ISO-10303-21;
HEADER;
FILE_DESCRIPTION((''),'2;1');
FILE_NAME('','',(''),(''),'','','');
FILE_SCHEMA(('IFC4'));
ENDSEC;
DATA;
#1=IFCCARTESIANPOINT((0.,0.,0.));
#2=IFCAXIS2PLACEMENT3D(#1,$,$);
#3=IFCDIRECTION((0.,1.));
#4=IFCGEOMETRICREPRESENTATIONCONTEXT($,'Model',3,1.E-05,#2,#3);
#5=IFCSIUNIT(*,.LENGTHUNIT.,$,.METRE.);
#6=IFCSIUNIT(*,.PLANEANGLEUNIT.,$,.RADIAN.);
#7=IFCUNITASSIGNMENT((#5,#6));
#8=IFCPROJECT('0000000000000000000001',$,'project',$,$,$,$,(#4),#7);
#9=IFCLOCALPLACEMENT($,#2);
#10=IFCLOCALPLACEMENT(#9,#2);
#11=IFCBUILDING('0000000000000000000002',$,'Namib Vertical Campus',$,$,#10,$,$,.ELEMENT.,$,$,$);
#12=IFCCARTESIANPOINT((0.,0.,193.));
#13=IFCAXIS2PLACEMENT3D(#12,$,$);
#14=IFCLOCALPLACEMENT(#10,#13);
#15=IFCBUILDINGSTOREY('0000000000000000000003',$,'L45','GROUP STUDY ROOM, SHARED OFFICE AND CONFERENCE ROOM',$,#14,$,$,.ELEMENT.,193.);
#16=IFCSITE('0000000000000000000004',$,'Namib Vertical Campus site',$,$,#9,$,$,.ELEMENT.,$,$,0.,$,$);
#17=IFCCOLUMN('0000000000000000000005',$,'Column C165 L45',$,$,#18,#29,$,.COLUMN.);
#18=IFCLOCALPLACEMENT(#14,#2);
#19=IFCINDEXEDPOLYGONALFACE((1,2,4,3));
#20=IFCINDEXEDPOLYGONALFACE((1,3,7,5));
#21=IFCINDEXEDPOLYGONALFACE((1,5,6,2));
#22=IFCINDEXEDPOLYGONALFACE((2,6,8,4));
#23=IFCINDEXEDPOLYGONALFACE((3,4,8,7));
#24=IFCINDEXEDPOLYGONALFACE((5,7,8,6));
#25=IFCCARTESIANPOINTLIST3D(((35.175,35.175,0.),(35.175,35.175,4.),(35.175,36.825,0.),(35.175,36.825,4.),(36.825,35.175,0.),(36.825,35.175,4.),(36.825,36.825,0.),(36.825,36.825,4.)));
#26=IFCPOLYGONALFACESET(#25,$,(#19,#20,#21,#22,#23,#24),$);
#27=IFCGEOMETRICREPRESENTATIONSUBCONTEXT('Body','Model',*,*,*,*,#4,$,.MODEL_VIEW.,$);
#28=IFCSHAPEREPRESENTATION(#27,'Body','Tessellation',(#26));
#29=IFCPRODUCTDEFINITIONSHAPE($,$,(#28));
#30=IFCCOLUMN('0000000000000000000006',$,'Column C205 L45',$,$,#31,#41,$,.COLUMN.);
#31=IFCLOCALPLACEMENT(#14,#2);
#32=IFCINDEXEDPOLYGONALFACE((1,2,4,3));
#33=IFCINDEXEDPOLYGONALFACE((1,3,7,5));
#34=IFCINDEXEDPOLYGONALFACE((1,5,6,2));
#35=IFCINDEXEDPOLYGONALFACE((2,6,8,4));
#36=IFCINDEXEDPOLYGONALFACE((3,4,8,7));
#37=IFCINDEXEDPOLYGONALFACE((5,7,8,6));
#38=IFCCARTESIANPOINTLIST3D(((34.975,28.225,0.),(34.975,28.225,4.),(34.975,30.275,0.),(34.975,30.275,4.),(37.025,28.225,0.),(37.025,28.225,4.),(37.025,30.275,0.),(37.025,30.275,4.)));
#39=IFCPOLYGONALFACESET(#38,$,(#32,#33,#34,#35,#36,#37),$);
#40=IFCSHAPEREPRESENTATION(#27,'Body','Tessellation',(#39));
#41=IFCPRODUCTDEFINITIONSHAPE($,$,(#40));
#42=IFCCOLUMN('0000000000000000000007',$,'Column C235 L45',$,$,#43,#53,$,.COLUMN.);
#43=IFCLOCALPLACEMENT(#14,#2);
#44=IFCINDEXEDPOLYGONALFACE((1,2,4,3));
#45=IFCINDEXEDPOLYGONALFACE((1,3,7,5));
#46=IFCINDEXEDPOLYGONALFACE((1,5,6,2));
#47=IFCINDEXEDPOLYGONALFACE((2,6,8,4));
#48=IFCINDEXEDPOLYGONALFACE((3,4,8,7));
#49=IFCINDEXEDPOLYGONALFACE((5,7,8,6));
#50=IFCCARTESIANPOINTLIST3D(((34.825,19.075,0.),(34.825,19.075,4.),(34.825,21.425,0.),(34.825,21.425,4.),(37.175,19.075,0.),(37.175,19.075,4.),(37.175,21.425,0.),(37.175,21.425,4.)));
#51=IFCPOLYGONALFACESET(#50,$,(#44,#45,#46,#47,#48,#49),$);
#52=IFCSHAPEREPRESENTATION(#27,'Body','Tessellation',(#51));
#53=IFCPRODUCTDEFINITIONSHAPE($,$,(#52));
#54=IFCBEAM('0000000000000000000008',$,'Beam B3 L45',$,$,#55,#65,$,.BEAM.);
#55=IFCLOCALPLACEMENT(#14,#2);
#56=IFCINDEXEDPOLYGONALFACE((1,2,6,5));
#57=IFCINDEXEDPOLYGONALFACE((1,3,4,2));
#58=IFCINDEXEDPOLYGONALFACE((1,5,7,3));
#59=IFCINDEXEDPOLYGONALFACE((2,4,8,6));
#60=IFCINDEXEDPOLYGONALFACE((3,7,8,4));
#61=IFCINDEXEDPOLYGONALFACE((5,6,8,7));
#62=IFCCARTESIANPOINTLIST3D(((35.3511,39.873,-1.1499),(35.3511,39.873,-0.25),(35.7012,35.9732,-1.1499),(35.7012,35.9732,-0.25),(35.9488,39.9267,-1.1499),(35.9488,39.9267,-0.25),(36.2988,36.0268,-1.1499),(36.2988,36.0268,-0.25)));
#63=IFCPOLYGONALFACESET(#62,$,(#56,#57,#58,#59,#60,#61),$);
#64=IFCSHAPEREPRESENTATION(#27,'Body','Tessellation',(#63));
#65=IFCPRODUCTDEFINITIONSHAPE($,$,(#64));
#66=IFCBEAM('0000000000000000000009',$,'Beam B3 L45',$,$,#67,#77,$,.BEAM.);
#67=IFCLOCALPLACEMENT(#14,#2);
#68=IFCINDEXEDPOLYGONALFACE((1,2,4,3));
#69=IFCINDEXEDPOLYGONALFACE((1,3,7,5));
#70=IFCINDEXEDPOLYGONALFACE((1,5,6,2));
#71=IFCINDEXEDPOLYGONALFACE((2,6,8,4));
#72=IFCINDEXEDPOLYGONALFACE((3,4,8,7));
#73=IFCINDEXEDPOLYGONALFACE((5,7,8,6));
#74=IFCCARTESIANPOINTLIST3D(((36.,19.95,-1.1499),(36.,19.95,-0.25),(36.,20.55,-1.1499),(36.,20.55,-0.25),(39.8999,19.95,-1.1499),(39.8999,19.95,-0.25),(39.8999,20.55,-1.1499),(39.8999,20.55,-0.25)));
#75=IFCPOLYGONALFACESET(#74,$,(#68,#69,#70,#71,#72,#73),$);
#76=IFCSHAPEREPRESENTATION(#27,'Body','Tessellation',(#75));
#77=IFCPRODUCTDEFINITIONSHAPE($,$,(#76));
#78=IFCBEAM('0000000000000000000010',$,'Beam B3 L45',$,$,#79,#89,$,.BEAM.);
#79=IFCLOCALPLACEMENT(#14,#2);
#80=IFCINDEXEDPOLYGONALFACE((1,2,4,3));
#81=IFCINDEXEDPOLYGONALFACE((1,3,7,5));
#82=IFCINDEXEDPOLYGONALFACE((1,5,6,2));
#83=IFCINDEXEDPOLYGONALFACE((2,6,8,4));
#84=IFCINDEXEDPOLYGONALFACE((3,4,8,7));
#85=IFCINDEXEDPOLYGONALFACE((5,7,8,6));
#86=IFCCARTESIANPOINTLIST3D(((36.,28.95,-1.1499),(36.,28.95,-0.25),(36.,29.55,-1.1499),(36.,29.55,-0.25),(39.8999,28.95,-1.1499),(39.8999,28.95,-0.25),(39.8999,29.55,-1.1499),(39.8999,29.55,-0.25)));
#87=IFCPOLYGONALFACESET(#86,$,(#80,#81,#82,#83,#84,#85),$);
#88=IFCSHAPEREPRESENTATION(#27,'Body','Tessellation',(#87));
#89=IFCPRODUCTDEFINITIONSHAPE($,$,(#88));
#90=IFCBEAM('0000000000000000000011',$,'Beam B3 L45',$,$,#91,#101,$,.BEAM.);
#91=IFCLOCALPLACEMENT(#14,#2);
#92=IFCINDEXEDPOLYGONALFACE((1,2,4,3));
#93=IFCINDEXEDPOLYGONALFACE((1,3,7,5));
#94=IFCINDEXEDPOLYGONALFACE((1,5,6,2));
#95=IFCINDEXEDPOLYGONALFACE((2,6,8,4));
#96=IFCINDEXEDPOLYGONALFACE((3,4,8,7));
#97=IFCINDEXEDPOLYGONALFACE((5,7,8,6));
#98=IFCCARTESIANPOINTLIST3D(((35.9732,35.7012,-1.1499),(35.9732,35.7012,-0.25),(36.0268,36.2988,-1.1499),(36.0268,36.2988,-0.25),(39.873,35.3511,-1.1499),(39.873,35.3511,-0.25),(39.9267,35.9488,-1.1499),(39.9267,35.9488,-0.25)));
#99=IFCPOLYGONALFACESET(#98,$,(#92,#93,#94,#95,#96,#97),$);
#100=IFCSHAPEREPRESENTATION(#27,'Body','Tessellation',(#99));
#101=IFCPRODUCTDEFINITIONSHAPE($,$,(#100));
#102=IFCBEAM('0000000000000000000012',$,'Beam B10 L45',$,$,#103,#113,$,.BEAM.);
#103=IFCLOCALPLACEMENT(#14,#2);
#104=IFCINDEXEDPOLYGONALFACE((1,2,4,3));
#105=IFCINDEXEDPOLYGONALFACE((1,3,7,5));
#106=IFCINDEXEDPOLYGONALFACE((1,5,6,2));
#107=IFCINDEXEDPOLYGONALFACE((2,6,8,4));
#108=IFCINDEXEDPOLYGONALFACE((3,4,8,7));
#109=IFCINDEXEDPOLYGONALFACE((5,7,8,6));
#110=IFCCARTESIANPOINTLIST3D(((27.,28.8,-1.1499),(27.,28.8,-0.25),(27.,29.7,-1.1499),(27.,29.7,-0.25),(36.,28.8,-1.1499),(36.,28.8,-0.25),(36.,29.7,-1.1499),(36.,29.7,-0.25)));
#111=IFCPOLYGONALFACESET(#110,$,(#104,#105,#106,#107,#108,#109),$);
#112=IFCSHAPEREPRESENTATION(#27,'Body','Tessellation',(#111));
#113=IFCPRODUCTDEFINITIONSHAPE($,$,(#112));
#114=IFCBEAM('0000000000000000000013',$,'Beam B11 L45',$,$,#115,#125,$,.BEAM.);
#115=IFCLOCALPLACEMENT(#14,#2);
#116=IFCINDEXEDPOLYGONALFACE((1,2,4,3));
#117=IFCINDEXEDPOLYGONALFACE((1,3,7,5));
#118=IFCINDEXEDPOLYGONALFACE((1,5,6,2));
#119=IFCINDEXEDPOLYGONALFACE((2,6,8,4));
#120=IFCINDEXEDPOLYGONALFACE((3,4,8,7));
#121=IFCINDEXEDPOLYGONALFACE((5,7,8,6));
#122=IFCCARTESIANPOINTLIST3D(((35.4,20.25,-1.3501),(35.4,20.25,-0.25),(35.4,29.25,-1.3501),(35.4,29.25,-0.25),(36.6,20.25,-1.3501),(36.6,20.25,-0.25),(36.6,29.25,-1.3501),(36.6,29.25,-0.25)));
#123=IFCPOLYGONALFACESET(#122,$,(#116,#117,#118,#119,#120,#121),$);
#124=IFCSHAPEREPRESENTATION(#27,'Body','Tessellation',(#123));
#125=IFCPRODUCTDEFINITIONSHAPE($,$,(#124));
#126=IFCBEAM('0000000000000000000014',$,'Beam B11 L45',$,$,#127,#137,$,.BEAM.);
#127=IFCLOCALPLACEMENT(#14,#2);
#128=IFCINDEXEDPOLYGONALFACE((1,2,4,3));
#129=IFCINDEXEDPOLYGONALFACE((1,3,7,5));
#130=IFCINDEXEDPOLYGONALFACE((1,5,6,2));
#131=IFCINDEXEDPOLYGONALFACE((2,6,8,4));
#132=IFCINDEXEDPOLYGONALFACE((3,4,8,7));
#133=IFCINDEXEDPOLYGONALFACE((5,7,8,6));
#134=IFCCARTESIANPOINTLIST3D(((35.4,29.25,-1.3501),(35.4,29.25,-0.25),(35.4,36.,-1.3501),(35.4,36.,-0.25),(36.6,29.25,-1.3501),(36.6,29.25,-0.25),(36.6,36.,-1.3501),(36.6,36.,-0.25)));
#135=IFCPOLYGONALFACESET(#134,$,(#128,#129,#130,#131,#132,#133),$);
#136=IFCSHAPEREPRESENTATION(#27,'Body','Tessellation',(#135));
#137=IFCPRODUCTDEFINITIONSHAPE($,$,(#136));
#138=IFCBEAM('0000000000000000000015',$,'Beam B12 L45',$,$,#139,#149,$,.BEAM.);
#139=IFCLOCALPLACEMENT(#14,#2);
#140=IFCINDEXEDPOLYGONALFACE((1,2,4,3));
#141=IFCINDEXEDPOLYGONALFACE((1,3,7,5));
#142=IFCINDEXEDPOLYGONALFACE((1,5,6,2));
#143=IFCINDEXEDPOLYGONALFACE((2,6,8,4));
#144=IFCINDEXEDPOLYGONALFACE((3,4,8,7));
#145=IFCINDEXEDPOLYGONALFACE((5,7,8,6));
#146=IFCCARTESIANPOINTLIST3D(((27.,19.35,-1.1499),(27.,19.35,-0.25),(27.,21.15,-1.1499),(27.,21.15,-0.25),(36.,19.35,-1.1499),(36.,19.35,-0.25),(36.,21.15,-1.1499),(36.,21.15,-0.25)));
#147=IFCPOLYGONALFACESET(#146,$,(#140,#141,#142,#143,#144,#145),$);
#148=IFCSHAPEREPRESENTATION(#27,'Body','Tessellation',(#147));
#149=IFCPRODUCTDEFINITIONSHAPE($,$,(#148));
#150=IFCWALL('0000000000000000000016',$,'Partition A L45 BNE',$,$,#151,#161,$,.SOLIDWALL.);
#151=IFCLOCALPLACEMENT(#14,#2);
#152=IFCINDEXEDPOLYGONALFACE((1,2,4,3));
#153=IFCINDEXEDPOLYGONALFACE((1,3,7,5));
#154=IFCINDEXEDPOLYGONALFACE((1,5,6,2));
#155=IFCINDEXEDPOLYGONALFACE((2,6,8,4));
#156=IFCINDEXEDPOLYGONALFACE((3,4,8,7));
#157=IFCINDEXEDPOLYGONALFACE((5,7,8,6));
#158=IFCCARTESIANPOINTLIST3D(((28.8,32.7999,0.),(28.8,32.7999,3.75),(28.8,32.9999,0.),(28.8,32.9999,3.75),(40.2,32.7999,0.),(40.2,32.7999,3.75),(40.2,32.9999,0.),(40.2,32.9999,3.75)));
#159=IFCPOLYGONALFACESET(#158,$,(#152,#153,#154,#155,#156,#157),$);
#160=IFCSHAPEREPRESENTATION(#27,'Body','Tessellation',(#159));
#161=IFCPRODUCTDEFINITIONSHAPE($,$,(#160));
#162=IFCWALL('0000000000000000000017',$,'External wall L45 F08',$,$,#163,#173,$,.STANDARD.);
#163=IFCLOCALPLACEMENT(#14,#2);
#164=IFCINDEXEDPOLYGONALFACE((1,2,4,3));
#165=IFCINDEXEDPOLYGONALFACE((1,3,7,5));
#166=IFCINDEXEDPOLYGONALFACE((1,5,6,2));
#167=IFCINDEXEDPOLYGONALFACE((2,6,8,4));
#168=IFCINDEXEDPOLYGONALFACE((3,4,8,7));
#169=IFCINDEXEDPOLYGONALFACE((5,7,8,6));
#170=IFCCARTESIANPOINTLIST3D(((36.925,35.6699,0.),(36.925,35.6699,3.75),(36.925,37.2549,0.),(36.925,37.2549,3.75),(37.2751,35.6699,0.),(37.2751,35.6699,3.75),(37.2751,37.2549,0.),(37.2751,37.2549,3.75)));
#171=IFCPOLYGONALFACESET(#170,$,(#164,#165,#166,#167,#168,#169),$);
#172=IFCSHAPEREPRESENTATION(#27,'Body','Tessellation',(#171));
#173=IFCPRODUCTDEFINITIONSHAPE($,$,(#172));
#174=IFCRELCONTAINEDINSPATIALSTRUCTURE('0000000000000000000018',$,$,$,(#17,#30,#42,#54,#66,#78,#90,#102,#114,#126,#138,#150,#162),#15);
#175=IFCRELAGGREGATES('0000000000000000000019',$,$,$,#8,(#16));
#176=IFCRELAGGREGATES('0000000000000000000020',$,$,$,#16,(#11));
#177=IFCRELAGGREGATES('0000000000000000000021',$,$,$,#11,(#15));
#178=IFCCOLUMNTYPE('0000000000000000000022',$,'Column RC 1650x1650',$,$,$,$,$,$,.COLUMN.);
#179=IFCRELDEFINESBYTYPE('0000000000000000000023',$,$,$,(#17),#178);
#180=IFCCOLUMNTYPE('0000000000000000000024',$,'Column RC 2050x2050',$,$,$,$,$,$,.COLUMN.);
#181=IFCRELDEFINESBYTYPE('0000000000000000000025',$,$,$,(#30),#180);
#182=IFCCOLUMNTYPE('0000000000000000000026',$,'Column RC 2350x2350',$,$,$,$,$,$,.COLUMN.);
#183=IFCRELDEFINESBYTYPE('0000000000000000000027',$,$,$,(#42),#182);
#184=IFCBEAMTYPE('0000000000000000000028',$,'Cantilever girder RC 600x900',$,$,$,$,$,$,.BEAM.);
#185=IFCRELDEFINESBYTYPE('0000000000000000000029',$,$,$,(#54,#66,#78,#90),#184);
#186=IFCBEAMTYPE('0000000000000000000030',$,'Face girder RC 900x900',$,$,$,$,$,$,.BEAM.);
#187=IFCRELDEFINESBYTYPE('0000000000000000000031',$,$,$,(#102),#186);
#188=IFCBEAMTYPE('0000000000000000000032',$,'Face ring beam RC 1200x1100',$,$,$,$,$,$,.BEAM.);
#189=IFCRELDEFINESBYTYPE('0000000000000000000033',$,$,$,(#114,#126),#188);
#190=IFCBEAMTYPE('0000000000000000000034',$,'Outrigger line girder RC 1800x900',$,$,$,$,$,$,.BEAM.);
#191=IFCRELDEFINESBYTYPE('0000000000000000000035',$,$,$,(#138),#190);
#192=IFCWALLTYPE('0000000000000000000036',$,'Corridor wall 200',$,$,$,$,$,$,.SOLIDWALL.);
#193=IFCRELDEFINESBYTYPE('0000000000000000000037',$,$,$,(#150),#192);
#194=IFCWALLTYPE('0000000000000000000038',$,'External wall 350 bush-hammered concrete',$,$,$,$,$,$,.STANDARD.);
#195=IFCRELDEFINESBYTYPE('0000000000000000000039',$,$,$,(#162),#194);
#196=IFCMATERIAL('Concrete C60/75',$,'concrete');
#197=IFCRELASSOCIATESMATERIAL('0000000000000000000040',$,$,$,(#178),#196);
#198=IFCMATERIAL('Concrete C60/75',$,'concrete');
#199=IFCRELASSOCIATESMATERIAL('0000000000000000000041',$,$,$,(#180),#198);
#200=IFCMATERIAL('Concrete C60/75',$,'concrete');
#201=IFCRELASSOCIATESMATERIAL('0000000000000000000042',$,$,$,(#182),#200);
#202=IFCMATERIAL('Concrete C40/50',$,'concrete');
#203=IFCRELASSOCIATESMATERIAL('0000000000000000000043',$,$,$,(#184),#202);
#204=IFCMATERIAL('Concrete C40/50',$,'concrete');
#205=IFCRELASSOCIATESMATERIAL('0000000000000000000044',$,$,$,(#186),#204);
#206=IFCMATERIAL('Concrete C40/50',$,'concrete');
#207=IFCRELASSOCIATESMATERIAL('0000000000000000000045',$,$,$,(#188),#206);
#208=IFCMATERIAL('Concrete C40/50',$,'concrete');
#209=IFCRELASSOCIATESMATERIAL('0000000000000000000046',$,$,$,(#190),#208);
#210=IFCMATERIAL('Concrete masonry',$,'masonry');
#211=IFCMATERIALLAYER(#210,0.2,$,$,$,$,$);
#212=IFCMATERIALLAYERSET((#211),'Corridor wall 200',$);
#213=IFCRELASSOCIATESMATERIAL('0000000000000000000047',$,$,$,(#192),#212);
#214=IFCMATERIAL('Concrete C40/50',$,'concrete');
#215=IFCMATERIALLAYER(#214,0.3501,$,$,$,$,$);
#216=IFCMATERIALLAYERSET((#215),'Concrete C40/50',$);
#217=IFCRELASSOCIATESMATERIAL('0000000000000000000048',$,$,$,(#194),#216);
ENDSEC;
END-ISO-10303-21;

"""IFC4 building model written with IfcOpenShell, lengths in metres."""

from ifc_helpers import new_model, si_unit, direction, frame, frame_2d, origin, origin_2d, place, context, subcontext, project, spatial, rectangle, extrude, material, layer, layer_set, material_profile, profile_set, type_object, element, save


model = new_model("IFC4")

# Units and contexts
model_context = context("Model", 3, precision=1e-05, world=origin(), true_north=direction((0.0, 1.0)))
body_context = subcontext(model_context, "Body", "Model", "MODEL_VIEW")
ifc_project = project(units=[si_unit("LENGTHUNIT", "METRE"), si_unit("PLANEANGLEUNIT", "RADIAN")], contexts=[model_context])

# Site, building, storey
site_placement = place(None, origin())
site = spatial("IfcSite", under=ifc_project, at=site_placement, Name="Namib Vertical Campus site", CompositionType="ELEMENT", RefElevation=0.0)
building_placement = place(site_placement, origin())
building = spatial("IfcBuilding", under=site, at=building_placement, Name="Namib Vertical Campus", CompositionType="ELEMENT")
storey_placement = place(building_placement, frame((0.0, 0.0, 193.0)))
storey = spatial("IfcBuildingStorey", under=building, at=storey_placement, Name="L45", Description="GROUP STUDY ROOM, SHARED OFFICE AND CONFERENCE ROOM", CompositionType="ELEMENT", Elevation=193.0)

# Columns
ifc_material_1 = material(Name="Concrete C60/75", Category="concrete")
ifc_material_profile_1 = material_profile(ifc_material_1, rectangle(XDim=1.6499, YDim=1.6499, at=origin_2d()))
ifc_profile_set_1 = profile_set([ifc_material_profile_1], Name="Concrete C60/75")
column_type_1 = type_object("IfcColumnType", Name="Column RC 1650x1650", PredefinedType="COLUMN", material=ifc_profile_set_1)
column_1_placement = place(storey_placement, frame((36.0, 36.0, 0.0), z_axis=(0.0, 0.0, 1.0), x_axis=(1.0, 0.0, 0.0)))
element("IfcColumn", 1, at=column_1_placement, inside=storey, type_object=column_type_1, Name="Column C165 L45", PredefinedType="COLUMN", context=body_context, shape_type="SweptSolid", body=[
    extrude(rectangle(XDim=1.6499, YDim=1.6499, at=origin_2d()), origin(), (0.0, 0.0, 1.0), 4.0),
])
ifc_material_2 = material(Name="Concrete C60/75", Category="concrete")
ifc_material_profile_2 = material_profile(ifc_material_2, rectangle(XDim=2.05, YDim=2.05, at=origin_2d()))
ifc_profile_set_2 = profile_set([ifc_material_profile_2], Name="Concrete C60/75")
column_type_2 = type_object("IfcColumnType", Name="Column RC 2050x2050", PredefinedType="COLUMN", material=ifc_profile_set_2)
column_2_placement = place(storey_placement, frame((36.0, 29.25, 0.0), z_axis=(0.0, 0.0, 1.0), x_axis=(1.0, 0.0, 0.0)))
element("IfcColumn", 2, at=column_2_placement, inside=storey, type_object=column_type_2, Name="Column C205 L45", PredefinedType="COLUMN", context=body_context, shape_type="SweptSolid", body=[
    extrude(rectangle(XDim=2.05, YDim=2.05, at=origin_2d()), origin(), (0.0, 0.0, 1.0), 4.0),
])
ifc_material_3 = material(Name="Concrete C60/75", Category="concrete")
ifc_material_profile_3 = material_profile(ifc_material_3, rectangle(XDim=2.3501, YDim=2.3501, at=origin_2d()))
ifc_profile_set_3 = profile_set([ifc_material_profile_3], Name="Concrete C60/75")
column_type_3 = type_object("IfcColumnType", Name="Column RC 2350x2350", PredefinedType="COLUMN", material=ifc_profile_set_3)
column_3_placement = place(storey_placement, frame((36.0, 20.25, 0.0), z_axis=(0.0, 0.0, 1.0), x_axis=(1.0, 0.0, 0.0)))
element("IfcColumn", 3, at=column_3_placement, inside=storey, type_object=column_type_3, Name="Column C235 L45", PredefinedType="COLUMN", context=body_context, shape_type="SweptSolid", body=[
    extrude(rectangle(XDim=2.3501, YDim=2.3501, at=origin_2d()), origin(), (0.0, 0.0, 1.0), 4.0),
])

# Beams
ifc_material_4 = material(Name="Concrete C40/50", Category="concrete")
ifc_material_profile_4 = material_profile(ifc_material_4, rectangle(XDim=0.6001, YDim=0.8999, at=origin_2d()))
ifc_profile_set_4 = profile_set([ifc_material_profile_4], Name="Concrete C40/50")
beam_type_1 = type_object("IfcBeamType", Name="Cantilever girder RC 600x900", PredefinedType="BEAM", material=ifc_profile_set_4)
beam_1_placement = place(storey_placement, frame((36.0, 36.0, -0.7), z_axis=(-0.089411, 0.995995, 0.0), x_axis=(-0.995995, -0.089411, 0.0)))
element("IfcBeam", 4, at=beam_1_placement, inside=storey, type_object=beam_type_1, Name="Beam B3 L45", PredefinedType="BEAM", context=body_context, shape_type="SweptSolid", body=[
    extrude(rectangle(XDim=0.6001, YDim=0.8999, at=origin_2d()), origin(), (0.0, 0.0, 1.0), 3.9155),
])
for number, where, z_axis, x_axis, name in (
    (5, (36.0, 20.25, -0.7), (1.0, 0.0, 0.0), (0.0, 1.0, 0.0), "Beam B3 L45"),
    (6, (36.0, 29.25, -0.7), (1.0, 0.0, 0.0), (0.0, 1.0, 0.0), "Beam B3 L45"),
):
    element("IfcBeam", number, at=place(storey_placement, frame(where, z_axis=z_axis, x_axis=x_axis)), inside=storey, type_object=beam_type_1, Name=name, PredefinedType="BEAM", context=body_context, shape_type="SweptSolid", body=[
        extrude(rectangle(XDim=0.6001, YDim=0.8999, at=origin_2d()), origin(), (0.0, 0.0, 1.0), 3.8999),
    ])
beam_2_placement = place(storey_placement, frame((36.0, 36.0, -0.7), z_axis=(0.995995, -0.089411, 0.0), x_axis=(0.089411, 0.995995, 0.0)))
element("IfcBeam", 7, at=beam_2_placement, inside=storey, type_object=beam_type_1, Name="Beam B3 L45", PredefinedType="BEAM", context=body_context, shape_type="SweptSolid", body=[
    extrude(rectangle(XDim=0.6001, YDim=0.8999, at=origin_2d()), origin(), (0.0, 0.0, 1.0), 3.9155),
])
ifc_material_5 = material(Name="Concrete C40/50", Category="concrete")
ifc_material_profile_5 = material_profile(ifc_material_5, rectangle(XDim=0.8999, YDim=0.8999, at=origin_2d()))
ifc_profile_set_5 = profile_set([ifc_material_profile_5], Name="Concrete C40/50")
beam_type_2 = type_object("IfcBeamType", Name="Face girder RC 900x900", PredefinedType="BEAM", material=ifc_profile_set_5)
beam_3_placement = place(storey_placement, frame((36.0, 29.25, -0.7), z_axis=(-1.0, 0.0, 0.0), x_axis=(0.0, -1.0, 0.0)))
element("IfcBeam", 8, at=beam_3_placement, inside=storey, type_object=beam_type_2, Name="Beam B10 L45", PredefinedType="BEAM", context=body_context, shape_type="SweptSolid", body=[
    extrude(rectangle(XDim=0.8999, YDim=0.8999, at=origin_2d()), origin(), (0.0, 0.0, 1.0), 9.0),
])
ifc_material_6 = material(Name="Concrete C40/50", Category="concrete")
ifc_material_profile_6 = material_profile(ifc_material_6, rectangle(XDim=1.2, YDim=1.1001, at=origin_2d()))
ifc_profile_set_6 = profile_set([ifc_material_profile_6], Name="Concrete C40/50")
beam_type_3 = type_object("IfcBeamType", Name="Face ring beam RC 1200x1100", PredefinedType="BEAM", material=ifc_profile_set_6)
beam_4_placement = place(storey_placement, frame((36.0, 20.25, -0.8), z_axis=(0.0, 1.0, 0.0), x_axis=(-1.0, 0.0, 0.0)))
element("IfcBeam", 9, at=beam_4_placement, inside=storey, type_object=beam_type_3, Name="Beam B11 L45", PredefinedType="BEAM", context=body_context, shape_type="SweptSolid", body=[
    extrude(rectangle(XDim=1.2, YDim=1.1001, at=origin_2d()), origin(), (0.0, 0.0, 1.0), 9.0),
])
beam_5_placement = place(storey_placement, frame((36.0, 29.25, -0.8), z_axis=(0.0, 1.0, 0.0), x_axis=(-1.0, 0.0, 0.0)))
element("IfcBeam", 10, at=beam_5_placement, inside=storey, type_object=beam_type_3, Name="Beam B11 L45", PredefinedType="BEAM", context=body_context, shape_type="SweptSolid", body=[
    extrude(rectangle(XDim=1.2, YDim=1.1001, at=origin_2d()), origin(), (0.0, 0.0, 1.0), 6.75),
])
ifc_material_7 = material(Name="Concrete C40/50", Category="concrete")
ifc_material_profile_7 = material_profile(ifc_material_7, rectangle(XDim=1.8, YDim=0.8999, at=origin_2d()))
ifc_profile_set_7 = profile_set([ifc_material_profile_7], Name="Concrete C40/50")
beam_type_4 = type_object("IfcBeamType", Name="Outrigger line girder RC 1800x900", PredefinedType="BEAM", material=ifc_profile_set_7)
beam_6_placement = place(storey_placement, frame((36.0, 20.25, -0.7), z_axis=(-1.0, 0.0, 0.0), x_axis=(0.0, -1.0, 0.0)))
element("IfcBeam", 11, at=beam_6_placement, inside=storey, type_object=beam_type_4, Name="Beam B12 L45", PredefinedType="BEAM", context=body_context, shape_type="SweptSolid", body=[
    extrude(rectangle(XDim=1.8, YDim=0.8999, at=origin_2d()), origin(), (0.0, 0.0, 1.0), 9.0),
])

# Walls
ifc_material_8 = material(Name="Concrete masonry", Category="masonry")
ifc_layer_1 = layer(ifc_material_8, 0.2)
ifc_layer_set_1 = layer_set([ifc_layer_1], Name="Corridor wall 200")
wall_type_1 = type_object("IfcWallType", Name="Corridor wall 200", PredefinedType="SOLIDWALL", material=ifc_layer_set_1)
wall_1_placement = place(storey_placement, frame((28.8, 32.8999, 0.0), z_axis=(0.0, 0.0, 1.0), x_axis=(1.0, 0.0, 0.0)))
element("IfcWall", 12, at=wall_1_placement, inside=storey, type_object=wall_type_1, Name="Partition A L45 BNE", PredefinedType="SOLIDWALL", context=body_context, shape_type="SweptSolid", body=[
    extrude(rectangle(XDim=11.3999, YDim=0.2, at=frame_2d((5.7, 0.0))), origin(), (0.0, 0.0, 1.0), 3.75),
])
ifc_material_9 = material(Name="Concrete C40/50", Category="concrete")
ifc_layer_2 = layer(ifc_material_9, 0.3501)
ifc_layer_set_2 = layer_set([ifc_layer_2], Name="Concrete C40/50")
wall_type_2 = type_object("IfcWallType", Name="External wall 350 bush-hammered concrete", PredefinedType="STANDARD", material=ifc_layer_set_2)
for number, where, z_axis, x_axis, name in (
    (13, (37.1001, 35.6699, 0.0), (0.0, 0.0, 1.0), (0.0, 1.0, 0.0), "External wall L45 F08"),
):
    element("IfcWall", number, at=place(storey_placement, frame(where, z_axis=z_axis, x_axis=x_axis)), inside=storey, type_object=wall_type_2, Name=name, PredefinedType="STANDARD", context=body_context, shape_type="SweptSolid", body=[
        extrude(rectangle(XDim=1.585, YDim=0.3501, at=frame_2d((0.7925, 0.0))), origin(), (0.0, 0.0, 1.0), 3.75),
    ])

save(model, "model.ifc")
